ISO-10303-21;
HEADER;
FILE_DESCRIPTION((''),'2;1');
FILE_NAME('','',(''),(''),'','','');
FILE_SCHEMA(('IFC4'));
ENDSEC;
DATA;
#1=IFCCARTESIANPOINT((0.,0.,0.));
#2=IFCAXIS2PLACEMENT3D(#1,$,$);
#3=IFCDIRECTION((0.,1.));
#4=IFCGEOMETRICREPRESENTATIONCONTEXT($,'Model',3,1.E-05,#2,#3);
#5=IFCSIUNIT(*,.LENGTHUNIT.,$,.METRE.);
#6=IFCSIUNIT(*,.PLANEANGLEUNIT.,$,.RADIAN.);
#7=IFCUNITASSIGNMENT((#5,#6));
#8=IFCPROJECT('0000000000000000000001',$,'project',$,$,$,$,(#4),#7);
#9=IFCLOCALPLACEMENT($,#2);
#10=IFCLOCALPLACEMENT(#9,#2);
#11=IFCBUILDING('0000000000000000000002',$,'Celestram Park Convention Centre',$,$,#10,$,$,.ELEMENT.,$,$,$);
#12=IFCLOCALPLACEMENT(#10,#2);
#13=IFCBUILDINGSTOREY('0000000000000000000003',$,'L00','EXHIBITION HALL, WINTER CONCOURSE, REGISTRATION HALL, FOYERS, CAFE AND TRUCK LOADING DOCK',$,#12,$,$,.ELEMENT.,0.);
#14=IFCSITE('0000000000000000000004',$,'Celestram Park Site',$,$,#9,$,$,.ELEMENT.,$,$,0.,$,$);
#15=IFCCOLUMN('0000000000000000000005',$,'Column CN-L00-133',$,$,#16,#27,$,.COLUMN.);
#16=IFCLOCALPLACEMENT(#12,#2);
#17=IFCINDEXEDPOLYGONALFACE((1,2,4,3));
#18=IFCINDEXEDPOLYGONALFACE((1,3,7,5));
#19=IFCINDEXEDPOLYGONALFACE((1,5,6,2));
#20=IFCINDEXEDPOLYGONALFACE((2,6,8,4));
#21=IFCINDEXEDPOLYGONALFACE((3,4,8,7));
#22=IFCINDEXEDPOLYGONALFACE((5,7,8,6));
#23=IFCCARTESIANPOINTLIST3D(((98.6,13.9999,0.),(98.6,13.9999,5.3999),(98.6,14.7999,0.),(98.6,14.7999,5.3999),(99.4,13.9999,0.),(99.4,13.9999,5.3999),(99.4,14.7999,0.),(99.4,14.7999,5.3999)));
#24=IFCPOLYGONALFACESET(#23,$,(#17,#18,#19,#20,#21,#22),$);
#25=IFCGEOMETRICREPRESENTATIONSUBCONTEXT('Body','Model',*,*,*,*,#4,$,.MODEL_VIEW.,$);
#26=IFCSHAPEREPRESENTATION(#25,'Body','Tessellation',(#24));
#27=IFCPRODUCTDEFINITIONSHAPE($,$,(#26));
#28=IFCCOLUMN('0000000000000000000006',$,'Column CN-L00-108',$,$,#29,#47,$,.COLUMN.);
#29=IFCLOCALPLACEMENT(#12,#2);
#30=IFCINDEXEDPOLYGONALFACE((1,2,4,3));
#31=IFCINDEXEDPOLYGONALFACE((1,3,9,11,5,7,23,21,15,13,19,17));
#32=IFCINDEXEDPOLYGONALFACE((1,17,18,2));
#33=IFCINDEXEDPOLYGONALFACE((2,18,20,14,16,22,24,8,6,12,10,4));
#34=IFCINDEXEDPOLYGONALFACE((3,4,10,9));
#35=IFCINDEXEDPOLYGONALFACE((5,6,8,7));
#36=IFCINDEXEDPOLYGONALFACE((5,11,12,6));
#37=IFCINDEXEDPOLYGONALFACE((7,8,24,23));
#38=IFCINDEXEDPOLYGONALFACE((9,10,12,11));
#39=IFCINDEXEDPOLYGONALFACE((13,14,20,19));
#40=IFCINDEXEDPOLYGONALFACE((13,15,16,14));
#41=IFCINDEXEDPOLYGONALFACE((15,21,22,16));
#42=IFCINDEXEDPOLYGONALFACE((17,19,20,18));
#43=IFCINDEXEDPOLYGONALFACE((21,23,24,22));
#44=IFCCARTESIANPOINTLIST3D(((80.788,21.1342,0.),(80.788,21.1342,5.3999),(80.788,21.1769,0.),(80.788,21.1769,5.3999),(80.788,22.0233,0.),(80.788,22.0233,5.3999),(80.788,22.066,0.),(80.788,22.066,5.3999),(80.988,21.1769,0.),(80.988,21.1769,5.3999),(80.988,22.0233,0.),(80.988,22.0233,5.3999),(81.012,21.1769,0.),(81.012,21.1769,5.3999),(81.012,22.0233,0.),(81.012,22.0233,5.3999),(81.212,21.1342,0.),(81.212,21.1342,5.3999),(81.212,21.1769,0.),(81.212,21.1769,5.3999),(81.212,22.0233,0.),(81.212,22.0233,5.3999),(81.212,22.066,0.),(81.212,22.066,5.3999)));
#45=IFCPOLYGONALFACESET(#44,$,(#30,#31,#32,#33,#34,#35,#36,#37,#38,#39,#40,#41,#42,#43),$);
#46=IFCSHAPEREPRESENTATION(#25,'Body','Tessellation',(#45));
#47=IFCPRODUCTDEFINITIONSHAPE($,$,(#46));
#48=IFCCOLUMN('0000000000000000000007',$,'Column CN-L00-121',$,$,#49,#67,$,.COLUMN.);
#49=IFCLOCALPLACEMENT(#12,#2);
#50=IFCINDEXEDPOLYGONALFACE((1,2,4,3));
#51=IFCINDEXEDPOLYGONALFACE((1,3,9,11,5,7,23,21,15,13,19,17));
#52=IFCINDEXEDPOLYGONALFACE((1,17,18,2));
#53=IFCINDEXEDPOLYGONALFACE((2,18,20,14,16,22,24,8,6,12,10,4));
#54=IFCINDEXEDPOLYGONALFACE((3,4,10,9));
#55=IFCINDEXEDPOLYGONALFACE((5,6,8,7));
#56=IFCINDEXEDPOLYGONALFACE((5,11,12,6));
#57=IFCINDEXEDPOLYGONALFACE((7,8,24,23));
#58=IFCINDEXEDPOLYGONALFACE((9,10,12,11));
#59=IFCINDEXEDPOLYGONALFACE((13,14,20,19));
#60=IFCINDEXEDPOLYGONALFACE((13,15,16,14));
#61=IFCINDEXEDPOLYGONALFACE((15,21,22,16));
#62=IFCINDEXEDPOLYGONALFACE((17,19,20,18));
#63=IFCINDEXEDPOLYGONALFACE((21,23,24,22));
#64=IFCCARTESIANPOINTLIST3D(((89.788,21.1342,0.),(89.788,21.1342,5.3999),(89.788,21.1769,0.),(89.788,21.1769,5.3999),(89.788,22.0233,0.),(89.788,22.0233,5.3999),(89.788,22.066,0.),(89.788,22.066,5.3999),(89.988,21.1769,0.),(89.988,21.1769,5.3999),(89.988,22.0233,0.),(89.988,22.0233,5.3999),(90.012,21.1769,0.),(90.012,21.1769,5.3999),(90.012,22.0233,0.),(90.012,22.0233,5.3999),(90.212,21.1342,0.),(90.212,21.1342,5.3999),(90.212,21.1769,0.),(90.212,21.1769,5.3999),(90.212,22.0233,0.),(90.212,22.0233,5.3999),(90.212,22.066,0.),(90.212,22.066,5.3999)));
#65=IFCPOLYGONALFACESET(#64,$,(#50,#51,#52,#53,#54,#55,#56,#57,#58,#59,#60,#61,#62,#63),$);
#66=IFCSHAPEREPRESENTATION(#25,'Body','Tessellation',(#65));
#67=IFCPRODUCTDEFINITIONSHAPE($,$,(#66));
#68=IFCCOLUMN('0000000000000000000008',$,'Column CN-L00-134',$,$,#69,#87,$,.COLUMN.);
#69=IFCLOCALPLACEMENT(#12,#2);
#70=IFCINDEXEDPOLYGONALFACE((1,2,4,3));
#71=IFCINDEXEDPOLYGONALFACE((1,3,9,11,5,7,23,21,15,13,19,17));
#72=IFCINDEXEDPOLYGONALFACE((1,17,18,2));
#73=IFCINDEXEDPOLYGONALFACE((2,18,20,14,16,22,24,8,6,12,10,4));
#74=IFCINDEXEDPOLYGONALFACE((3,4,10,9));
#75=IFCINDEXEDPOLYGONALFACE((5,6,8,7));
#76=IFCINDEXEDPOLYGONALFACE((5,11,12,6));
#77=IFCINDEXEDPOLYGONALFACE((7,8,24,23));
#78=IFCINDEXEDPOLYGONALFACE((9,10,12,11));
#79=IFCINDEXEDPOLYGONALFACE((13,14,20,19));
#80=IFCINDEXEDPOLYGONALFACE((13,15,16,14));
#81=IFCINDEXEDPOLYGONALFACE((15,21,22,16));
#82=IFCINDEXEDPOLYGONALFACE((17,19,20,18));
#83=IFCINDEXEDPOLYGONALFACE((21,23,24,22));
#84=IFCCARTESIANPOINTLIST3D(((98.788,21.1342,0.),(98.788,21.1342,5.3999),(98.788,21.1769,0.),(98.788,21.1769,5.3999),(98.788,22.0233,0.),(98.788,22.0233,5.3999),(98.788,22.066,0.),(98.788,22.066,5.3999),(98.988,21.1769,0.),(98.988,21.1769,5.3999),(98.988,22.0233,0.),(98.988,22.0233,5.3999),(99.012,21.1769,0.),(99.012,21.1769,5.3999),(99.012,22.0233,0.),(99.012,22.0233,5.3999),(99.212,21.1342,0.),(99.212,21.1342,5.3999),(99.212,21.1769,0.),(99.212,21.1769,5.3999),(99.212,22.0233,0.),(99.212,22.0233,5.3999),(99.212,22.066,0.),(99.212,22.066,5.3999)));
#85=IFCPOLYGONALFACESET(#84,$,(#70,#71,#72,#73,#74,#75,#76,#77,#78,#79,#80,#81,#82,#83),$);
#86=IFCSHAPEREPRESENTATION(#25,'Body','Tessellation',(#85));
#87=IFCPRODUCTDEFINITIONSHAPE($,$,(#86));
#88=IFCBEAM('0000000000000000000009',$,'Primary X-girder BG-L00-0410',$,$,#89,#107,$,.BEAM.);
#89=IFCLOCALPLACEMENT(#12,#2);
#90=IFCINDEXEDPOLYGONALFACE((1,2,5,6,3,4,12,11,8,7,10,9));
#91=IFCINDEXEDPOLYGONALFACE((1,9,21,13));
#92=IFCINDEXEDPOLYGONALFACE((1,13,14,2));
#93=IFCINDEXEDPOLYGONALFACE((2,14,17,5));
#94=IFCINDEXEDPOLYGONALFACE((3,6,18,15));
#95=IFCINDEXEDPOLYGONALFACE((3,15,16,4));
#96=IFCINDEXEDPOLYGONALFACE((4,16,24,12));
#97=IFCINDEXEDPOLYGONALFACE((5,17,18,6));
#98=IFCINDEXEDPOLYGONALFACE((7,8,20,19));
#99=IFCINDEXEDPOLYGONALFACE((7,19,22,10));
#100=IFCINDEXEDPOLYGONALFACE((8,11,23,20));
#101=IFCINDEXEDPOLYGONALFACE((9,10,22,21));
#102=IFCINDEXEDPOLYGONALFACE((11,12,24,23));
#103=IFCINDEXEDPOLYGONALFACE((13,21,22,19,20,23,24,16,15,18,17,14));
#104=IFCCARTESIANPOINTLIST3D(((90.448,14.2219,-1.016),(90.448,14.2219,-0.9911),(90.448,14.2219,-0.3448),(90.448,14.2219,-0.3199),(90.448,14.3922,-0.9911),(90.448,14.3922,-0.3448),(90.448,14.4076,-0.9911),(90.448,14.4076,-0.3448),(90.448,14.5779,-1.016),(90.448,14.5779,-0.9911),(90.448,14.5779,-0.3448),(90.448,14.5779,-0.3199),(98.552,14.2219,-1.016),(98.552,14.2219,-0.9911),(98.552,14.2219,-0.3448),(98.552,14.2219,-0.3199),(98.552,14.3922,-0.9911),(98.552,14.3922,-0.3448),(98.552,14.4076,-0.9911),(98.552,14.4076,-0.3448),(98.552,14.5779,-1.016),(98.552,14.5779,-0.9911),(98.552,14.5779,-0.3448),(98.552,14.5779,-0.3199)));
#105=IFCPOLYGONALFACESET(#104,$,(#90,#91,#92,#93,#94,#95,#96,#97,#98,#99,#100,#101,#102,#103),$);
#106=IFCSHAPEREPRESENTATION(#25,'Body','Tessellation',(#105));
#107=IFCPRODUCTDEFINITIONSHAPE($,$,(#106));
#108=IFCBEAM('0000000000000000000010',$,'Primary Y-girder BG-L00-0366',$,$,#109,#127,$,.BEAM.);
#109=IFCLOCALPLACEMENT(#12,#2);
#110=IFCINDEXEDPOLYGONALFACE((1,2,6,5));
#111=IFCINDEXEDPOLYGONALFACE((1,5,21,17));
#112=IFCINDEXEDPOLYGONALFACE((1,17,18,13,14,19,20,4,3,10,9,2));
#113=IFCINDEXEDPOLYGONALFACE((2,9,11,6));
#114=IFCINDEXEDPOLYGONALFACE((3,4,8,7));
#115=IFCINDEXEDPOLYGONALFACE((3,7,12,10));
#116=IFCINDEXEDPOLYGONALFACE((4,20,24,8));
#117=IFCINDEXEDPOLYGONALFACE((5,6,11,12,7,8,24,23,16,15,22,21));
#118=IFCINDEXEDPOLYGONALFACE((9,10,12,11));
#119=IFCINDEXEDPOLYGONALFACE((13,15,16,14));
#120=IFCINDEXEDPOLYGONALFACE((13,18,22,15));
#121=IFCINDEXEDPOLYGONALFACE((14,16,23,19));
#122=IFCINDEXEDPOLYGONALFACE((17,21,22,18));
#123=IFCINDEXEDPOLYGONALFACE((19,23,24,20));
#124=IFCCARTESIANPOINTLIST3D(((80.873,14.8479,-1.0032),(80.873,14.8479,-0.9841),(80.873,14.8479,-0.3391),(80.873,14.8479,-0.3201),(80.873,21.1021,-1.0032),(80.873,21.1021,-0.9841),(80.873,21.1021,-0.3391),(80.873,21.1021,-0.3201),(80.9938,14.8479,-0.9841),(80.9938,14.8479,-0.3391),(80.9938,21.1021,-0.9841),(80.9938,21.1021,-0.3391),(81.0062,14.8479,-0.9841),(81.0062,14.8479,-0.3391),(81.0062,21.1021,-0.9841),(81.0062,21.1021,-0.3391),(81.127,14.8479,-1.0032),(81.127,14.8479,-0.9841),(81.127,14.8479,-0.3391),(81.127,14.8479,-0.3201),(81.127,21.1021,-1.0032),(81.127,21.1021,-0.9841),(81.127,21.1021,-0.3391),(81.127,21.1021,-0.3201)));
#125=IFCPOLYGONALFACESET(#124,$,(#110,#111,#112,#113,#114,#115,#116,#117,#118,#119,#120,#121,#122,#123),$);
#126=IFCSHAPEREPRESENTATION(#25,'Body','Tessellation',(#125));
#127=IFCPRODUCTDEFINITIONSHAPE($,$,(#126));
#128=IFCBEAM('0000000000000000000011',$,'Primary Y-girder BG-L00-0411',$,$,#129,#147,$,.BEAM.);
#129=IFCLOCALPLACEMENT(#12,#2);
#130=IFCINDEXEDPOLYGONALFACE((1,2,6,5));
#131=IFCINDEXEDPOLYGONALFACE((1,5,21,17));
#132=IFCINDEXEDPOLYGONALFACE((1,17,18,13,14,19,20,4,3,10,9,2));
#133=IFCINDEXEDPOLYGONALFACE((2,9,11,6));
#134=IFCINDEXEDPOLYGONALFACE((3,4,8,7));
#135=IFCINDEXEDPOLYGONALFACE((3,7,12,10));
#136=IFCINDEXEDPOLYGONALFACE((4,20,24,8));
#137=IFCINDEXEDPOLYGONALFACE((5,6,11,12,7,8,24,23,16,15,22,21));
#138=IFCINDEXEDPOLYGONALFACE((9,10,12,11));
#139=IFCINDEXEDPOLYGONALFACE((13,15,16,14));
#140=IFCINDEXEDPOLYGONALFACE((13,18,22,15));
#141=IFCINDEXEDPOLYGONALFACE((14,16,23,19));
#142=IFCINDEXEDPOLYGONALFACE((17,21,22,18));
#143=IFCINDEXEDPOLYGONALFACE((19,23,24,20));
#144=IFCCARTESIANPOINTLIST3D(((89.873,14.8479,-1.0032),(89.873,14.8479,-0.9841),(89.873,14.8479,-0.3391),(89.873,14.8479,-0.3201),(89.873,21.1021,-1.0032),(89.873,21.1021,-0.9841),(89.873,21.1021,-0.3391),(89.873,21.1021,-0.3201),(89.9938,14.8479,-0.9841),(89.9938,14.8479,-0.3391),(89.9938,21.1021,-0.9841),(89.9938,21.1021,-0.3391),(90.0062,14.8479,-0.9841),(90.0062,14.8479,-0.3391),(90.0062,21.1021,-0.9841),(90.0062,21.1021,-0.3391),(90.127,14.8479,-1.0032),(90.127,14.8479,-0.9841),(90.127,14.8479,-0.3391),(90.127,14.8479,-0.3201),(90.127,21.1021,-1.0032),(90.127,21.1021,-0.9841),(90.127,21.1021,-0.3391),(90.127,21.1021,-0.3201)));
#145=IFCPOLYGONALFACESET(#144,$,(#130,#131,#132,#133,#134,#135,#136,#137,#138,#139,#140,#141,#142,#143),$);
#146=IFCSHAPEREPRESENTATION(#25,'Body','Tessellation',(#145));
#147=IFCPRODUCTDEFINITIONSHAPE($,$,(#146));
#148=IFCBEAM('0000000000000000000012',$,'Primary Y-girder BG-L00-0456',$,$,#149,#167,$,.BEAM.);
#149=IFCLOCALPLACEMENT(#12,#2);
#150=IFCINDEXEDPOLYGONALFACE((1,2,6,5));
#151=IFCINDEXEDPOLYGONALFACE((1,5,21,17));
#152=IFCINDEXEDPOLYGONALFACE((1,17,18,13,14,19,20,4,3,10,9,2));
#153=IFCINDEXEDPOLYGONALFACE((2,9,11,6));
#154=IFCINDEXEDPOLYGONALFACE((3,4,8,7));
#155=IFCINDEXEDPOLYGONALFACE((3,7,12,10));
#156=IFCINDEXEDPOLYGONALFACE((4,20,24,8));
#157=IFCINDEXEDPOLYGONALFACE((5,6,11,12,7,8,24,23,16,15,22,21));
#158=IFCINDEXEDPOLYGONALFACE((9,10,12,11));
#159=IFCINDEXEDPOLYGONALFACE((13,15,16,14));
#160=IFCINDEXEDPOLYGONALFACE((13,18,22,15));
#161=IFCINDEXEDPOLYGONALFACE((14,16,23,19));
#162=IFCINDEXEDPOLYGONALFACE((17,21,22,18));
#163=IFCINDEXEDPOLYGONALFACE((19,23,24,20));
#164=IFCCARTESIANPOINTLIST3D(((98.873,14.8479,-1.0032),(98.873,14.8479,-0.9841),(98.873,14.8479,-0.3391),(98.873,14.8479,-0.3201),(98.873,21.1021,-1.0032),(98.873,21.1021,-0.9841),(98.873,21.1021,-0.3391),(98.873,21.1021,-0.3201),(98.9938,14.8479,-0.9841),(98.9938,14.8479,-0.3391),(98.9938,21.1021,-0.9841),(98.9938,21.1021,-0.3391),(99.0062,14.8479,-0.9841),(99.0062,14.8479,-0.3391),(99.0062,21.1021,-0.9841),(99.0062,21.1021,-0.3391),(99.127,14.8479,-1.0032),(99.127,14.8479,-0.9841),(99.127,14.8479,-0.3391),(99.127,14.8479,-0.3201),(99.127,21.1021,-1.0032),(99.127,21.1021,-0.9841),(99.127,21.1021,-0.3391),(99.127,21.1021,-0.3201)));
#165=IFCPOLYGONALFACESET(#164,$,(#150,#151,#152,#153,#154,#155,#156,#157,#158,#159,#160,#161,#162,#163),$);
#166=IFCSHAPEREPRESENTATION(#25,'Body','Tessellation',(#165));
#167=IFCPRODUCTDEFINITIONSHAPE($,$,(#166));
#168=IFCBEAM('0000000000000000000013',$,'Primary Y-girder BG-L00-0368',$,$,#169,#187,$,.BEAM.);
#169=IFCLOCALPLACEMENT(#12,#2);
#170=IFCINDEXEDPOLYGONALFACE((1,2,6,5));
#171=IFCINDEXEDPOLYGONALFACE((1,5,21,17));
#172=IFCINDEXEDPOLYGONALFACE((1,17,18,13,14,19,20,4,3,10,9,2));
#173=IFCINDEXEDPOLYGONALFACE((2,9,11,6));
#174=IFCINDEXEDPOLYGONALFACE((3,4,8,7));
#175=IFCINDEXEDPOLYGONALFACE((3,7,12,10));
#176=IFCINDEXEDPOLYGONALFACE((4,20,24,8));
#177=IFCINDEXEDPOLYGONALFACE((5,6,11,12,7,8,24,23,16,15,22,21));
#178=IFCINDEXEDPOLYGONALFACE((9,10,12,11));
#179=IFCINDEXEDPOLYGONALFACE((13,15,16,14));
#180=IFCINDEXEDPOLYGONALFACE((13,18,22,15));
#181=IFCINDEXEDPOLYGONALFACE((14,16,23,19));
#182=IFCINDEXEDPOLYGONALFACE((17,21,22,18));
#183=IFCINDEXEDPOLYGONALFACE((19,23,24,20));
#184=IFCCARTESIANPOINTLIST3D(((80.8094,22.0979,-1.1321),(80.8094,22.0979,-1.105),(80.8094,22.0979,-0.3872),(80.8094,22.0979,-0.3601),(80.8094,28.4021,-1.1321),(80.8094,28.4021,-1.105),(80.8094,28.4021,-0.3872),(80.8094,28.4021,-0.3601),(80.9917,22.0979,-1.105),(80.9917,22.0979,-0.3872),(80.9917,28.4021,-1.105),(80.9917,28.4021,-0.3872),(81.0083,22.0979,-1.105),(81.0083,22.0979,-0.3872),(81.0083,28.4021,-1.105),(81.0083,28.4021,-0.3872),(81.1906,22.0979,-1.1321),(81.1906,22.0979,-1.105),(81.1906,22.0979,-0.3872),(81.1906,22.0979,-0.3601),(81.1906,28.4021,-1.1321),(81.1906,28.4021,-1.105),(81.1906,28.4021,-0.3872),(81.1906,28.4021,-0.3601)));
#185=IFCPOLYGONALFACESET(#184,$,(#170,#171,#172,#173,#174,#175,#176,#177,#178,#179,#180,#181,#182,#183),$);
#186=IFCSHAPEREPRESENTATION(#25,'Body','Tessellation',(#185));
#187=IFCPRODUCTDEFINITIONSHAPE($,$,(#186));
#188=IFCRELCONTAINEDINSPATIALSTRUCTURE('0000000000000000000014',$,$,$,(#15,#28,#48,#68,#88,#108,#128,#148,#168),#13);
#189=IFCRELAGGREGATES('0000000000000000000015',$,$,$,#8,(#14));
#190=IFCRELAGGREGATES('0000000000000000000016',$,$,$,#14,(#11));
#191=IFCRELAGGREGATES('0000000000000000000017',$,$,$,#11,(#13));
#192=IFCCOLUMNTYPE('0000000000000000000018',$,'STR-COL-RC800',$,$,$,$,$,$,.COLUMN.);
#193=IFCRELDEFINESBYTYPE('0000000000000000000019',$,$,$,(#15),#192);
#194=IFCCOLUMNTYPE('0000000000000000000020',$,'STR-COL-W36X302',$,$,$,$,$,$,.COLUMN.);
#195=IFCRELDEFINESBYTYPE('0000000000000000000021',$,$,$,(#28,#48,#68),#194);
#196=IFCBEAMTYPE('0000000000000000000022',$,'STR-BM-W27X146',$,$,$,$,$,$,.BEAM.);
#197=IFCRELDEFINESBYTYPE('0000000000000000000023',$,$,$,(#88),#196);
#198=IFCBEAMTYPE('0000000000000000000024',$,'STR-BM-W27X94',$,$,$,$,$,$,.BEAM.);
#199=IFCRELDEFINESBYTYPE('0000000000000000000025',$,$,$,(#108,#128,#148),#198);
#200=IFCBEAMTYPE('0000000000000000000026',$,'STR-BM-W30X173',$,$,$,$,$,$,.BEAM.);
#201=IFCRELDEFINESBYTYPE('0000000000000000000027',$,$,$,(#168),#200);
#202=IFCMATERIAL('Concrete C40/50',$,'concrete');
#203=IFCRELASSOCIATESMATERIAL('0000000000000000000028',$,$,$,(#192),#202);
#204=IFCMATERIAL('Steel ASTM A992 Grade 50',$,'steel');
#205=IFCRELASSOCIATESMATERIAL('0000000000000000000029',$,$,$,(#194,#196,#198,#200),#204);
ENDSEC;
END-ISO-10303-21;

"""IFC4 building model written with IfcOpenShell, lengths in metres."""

from ifc_helpers import new_model, si_unit, direction, frame, origin, origin_2d, place, context, subcontext, project, spatial, rectangle, i_section, extrude, material, material_profile, profile_set, type_object, element, save


model = new_model("IFC4")

# Units and contexts
model_context = context("Model", 3, precision=1e-05, world=origin(), true_north=direction((0.0, 1.0)))
body_context = subcontext(model_context, "Body", "Model", "MODEL_VIEW")
ifc_project = project(units=[si_unit("LENGTHUNIT", "METRE"), si_unit("PLANEANGLEUNIT", "RADIAN")], contexts=[model_context])

# Site, building, storey
site_placement = place(None, origin())
site = spatial("IfcSite", under=ifc_project, at=site_placement, Name="Celestram Park Site", CompositionType="ELEMENT", RefElevation=0.0)
building_placement = place(site_placement, origin())
building = spatial("IfcBuilding", under=site, at=building_placement, Name="Celestram Park Convention Centre", CompositionType="ELEMENT")
storey_placement = place(building_placement, origin())
storey = spatial("IfcBuildingStorey", under=building, at=storey_placement, Name="L00", Description="EXHIBITION HALL, WINTER CONCOURSE, REGISTRATION HALL, FOYERS, CAFE AND TRUCK LOADING DOCK", CompositionType="ELEMENT", Elevation=0.0)

# Columns
ifc_material_1 = material(Name="Concrete C40/50", Category="concrete")
ifc_material_profile_1 = material_profile(ifc_material_1, rectangle(XDim=0.8, YDim=0.8, at=origin_2d()), Name="RC800X800")
ifc_profile_set_1 = profile_set([ifc_material_profile_1], Name="Concrete C40/50")
column_type_1 = type_object("IfcColumnType", Name="STR-COL-RC800", PredefinedType="COLUMN", material=ifc_profile_set_1)
column_placement = place(storey_placement, frame((99.0, 14.3999, 0.0), z_axis=(0.0, 0.0, 1.0), x_axis=(1.0, 0.0, 0.0)))
element("IfcColumn", 1, at=column_placement, inside=storey, type_object=column_type_1, Name="Column CN-L00-133", PredefinedType="COLUMN", context=body_context, shape_type="SweptSolid", body=[
    extrude(rectangle(XDim=0.8, YDim=0.8, at=origin_2d()), origin(), (0.0, 0.0, 1.0), 5.3999),
])
ifc_material_2 = material(Name="Steel ASTM A992 Grade 50", Category="steel")
ifc_material_profile_2 = material_profile(ifc_material_2, i_section(OverallWidth=0.4241, OverallDepth=0.9319, WebThickness=0.0239, FlangeThickness=0.0427, at=origin_2d()), Name="W36X302")
ifc_profile_set_2 = profile_set([ifc_material_profile_2], Name="Steel ASTM A992 Grade 50")
column_type_2 = type_object("IfcColumnType", Name="STR-COL-W36X302", PredefinedType="COLUMN", material=ifc_profile_set_2)
for number, where, z_axis, x_axis, name in (
    (2, (81.0, 21.6001, 0.0), (0.0, 0.0, 1.0), (1.0, 0.0, 0.0), "Column CN-L00-108"),
    (3, (90.0, 21.6001, 0.0), (0.0, 0.0, 1.0), (1.0, 0.0, 0.0), "Column CN-L00-121"),
    (4, (99.0, 21.6001, 0.0), (0.0, 0.0, 1.0), (1.0, 0.0, 0.0), "Column CN-L00-134"),
):
    element("IfcColumn", number, at=place(storey_placement, frame(where, z_axis=z_axis, x_axis=x_axis)), inside=storey, type_object=column_type_2, Name=name, PredefinedType="COLUMN", context=body_context, shape_type="SweptSolid", body=[
        extrude(i_section(OverallWidth=0.4241, OverallDepth=0.9319, WebThickness=0.0239, FlangeThickness=0.0427, at=origin_2d()), origin(), (0.0, 0.0, 1.0), 5.3999),
    ])

# Beams
ifc_material_profile_3 = material_profile(ifc_material_2, i_section(OverallWidth=0.356, OverallDepth=0.696, WebThickness=0.0154, FlangeThickness=0.0249, at=origin_2d()), Name="W27X146")
ifc_profile_set_3 = profile_set([ifc_material_profile_3], Name="Steel ASTM A992 Grade 50")
beam_type_1 = type_object("IfcBeamType", Name="STR-BM-W27X146", PredefinedType="BEAM", material=ifc_profile_set_3)
beam_1_placement = place(storey_placement, frame((90.448, 14.3999, -0.668), z_axis=(1.0, 0.0, 0.0), x_axis=(0.0, 1.0, 0.0)))
element("IfcBeam", 5, at=beam_1_placement, inside=storey, type_object=beam_type_1, Name="Primary X-girder BG-L00-0410", PredefinedType="BEAM", context=body_context, shape_type="SweptSolid", body=[
    extrude(i_section(OverallWidth=0.356, OverallDepth=0.696, WebThickness=0.0154, FlangeThickness=0.0249, at=origin_2d()), origin(), (0.0, 0.0, 1.0), 8.104),
])
ifc_material_profile_4 = material_profile(ifc_material_2, i_section(OverallWidth=0.2539, OverallDepth=0.6831, WebThickness=0.0125, FlangeThickness=0.019, at=origin_2d()), Name="W27X94")
ifc_profile_set_4 = profile_set([ifc_material_profile_4], Name="Steel ASTM A992 Grade 50")
beam_type_2 = type_object("IfcBeamType", Name="STR-BM-W27X94", PredefinedType="BEAM", material=ifc_profile_set_4)
for number, where, z_axis, x_axis, name in (
    (6, (81.0, 14.8479, -0.6616), (0.0, 1.0, 0.0), (-1.0, 0.0, 0.0), "Primary Y-girder BG-L00-0366"),
    (7, (90.0, 14.8479, -0.6616), (0.0, 1.0, 0.0), (-1.0, 0.0, 0.0), "Primary Y-girder BG-L00-0411"),
    (8, (99.0, 14.8479, -0.6616), (0.0, 1.0, 0.0), (-1.0, 0.0, 0.0), "Primary Y-girder BG-L00-0456"),
):
    element("IfcBeam", number, at=place(storey_placement, frame(where, z_axis=z_axis, x_axis=x_axis)), inside=storey, type_object=beam_type_2, Name=name, PredefinedType="BEAM", context=body_context, shape_type="SweptSolid", body=[
        extrude(i_section(OverallWidth=0.2539, OverallDepth=0.6831, WebThickness=0.0125, FlangeThickness=0.019, at=origin_2d()), origin(), (0.0, 0.0, 1.0), 6.2542),
    ])
ifc_material_profile_5 = material_profile(ifc_material_2, i_section(OverallWidth=0.3811, OverallDepth=0.772, WebThickness=0.0166, FlangeThickness=0.0271, at=origin_2d()), Name="W30X173")
ifc_profile_set_5 = profile_set([ifc_material_profile_5], Name="Steel ASTM A992 Grade 50")
beam_type_3 = type_object("IfcBeamType", Name="STR-BM-W30X173", PredefinedType="BEAM", material=ifc_profile_set_5)
for number, where, z_axis, x_axis, name in (
    (9, (81.0, 22.0979, -0.7461), (0.0, 1.0, 0.0), (-1.0, 0.0, 0.0), "Primary Y-girder BG-L00-0368"),
):
    element("IfcBeam", number, at=place(storey_placement, frame(where, z_axis=z_axis, x_axis=x_axis)), inside=storey, type_object=beam_type_3, Name=name, PredefinedType="BEAM", context=body_context, shape_type="SweptSolid", body=[
        extrude(i_section(OverallWidth=0.3811, OverallDepth=0.772, WebThickness=0.0166, FlangeThickness=0.0271, at=origin_2d()), origin(), (0.0, 0.0, 1.0), 6.3042),
    ])

save(model, "model.ifc")
